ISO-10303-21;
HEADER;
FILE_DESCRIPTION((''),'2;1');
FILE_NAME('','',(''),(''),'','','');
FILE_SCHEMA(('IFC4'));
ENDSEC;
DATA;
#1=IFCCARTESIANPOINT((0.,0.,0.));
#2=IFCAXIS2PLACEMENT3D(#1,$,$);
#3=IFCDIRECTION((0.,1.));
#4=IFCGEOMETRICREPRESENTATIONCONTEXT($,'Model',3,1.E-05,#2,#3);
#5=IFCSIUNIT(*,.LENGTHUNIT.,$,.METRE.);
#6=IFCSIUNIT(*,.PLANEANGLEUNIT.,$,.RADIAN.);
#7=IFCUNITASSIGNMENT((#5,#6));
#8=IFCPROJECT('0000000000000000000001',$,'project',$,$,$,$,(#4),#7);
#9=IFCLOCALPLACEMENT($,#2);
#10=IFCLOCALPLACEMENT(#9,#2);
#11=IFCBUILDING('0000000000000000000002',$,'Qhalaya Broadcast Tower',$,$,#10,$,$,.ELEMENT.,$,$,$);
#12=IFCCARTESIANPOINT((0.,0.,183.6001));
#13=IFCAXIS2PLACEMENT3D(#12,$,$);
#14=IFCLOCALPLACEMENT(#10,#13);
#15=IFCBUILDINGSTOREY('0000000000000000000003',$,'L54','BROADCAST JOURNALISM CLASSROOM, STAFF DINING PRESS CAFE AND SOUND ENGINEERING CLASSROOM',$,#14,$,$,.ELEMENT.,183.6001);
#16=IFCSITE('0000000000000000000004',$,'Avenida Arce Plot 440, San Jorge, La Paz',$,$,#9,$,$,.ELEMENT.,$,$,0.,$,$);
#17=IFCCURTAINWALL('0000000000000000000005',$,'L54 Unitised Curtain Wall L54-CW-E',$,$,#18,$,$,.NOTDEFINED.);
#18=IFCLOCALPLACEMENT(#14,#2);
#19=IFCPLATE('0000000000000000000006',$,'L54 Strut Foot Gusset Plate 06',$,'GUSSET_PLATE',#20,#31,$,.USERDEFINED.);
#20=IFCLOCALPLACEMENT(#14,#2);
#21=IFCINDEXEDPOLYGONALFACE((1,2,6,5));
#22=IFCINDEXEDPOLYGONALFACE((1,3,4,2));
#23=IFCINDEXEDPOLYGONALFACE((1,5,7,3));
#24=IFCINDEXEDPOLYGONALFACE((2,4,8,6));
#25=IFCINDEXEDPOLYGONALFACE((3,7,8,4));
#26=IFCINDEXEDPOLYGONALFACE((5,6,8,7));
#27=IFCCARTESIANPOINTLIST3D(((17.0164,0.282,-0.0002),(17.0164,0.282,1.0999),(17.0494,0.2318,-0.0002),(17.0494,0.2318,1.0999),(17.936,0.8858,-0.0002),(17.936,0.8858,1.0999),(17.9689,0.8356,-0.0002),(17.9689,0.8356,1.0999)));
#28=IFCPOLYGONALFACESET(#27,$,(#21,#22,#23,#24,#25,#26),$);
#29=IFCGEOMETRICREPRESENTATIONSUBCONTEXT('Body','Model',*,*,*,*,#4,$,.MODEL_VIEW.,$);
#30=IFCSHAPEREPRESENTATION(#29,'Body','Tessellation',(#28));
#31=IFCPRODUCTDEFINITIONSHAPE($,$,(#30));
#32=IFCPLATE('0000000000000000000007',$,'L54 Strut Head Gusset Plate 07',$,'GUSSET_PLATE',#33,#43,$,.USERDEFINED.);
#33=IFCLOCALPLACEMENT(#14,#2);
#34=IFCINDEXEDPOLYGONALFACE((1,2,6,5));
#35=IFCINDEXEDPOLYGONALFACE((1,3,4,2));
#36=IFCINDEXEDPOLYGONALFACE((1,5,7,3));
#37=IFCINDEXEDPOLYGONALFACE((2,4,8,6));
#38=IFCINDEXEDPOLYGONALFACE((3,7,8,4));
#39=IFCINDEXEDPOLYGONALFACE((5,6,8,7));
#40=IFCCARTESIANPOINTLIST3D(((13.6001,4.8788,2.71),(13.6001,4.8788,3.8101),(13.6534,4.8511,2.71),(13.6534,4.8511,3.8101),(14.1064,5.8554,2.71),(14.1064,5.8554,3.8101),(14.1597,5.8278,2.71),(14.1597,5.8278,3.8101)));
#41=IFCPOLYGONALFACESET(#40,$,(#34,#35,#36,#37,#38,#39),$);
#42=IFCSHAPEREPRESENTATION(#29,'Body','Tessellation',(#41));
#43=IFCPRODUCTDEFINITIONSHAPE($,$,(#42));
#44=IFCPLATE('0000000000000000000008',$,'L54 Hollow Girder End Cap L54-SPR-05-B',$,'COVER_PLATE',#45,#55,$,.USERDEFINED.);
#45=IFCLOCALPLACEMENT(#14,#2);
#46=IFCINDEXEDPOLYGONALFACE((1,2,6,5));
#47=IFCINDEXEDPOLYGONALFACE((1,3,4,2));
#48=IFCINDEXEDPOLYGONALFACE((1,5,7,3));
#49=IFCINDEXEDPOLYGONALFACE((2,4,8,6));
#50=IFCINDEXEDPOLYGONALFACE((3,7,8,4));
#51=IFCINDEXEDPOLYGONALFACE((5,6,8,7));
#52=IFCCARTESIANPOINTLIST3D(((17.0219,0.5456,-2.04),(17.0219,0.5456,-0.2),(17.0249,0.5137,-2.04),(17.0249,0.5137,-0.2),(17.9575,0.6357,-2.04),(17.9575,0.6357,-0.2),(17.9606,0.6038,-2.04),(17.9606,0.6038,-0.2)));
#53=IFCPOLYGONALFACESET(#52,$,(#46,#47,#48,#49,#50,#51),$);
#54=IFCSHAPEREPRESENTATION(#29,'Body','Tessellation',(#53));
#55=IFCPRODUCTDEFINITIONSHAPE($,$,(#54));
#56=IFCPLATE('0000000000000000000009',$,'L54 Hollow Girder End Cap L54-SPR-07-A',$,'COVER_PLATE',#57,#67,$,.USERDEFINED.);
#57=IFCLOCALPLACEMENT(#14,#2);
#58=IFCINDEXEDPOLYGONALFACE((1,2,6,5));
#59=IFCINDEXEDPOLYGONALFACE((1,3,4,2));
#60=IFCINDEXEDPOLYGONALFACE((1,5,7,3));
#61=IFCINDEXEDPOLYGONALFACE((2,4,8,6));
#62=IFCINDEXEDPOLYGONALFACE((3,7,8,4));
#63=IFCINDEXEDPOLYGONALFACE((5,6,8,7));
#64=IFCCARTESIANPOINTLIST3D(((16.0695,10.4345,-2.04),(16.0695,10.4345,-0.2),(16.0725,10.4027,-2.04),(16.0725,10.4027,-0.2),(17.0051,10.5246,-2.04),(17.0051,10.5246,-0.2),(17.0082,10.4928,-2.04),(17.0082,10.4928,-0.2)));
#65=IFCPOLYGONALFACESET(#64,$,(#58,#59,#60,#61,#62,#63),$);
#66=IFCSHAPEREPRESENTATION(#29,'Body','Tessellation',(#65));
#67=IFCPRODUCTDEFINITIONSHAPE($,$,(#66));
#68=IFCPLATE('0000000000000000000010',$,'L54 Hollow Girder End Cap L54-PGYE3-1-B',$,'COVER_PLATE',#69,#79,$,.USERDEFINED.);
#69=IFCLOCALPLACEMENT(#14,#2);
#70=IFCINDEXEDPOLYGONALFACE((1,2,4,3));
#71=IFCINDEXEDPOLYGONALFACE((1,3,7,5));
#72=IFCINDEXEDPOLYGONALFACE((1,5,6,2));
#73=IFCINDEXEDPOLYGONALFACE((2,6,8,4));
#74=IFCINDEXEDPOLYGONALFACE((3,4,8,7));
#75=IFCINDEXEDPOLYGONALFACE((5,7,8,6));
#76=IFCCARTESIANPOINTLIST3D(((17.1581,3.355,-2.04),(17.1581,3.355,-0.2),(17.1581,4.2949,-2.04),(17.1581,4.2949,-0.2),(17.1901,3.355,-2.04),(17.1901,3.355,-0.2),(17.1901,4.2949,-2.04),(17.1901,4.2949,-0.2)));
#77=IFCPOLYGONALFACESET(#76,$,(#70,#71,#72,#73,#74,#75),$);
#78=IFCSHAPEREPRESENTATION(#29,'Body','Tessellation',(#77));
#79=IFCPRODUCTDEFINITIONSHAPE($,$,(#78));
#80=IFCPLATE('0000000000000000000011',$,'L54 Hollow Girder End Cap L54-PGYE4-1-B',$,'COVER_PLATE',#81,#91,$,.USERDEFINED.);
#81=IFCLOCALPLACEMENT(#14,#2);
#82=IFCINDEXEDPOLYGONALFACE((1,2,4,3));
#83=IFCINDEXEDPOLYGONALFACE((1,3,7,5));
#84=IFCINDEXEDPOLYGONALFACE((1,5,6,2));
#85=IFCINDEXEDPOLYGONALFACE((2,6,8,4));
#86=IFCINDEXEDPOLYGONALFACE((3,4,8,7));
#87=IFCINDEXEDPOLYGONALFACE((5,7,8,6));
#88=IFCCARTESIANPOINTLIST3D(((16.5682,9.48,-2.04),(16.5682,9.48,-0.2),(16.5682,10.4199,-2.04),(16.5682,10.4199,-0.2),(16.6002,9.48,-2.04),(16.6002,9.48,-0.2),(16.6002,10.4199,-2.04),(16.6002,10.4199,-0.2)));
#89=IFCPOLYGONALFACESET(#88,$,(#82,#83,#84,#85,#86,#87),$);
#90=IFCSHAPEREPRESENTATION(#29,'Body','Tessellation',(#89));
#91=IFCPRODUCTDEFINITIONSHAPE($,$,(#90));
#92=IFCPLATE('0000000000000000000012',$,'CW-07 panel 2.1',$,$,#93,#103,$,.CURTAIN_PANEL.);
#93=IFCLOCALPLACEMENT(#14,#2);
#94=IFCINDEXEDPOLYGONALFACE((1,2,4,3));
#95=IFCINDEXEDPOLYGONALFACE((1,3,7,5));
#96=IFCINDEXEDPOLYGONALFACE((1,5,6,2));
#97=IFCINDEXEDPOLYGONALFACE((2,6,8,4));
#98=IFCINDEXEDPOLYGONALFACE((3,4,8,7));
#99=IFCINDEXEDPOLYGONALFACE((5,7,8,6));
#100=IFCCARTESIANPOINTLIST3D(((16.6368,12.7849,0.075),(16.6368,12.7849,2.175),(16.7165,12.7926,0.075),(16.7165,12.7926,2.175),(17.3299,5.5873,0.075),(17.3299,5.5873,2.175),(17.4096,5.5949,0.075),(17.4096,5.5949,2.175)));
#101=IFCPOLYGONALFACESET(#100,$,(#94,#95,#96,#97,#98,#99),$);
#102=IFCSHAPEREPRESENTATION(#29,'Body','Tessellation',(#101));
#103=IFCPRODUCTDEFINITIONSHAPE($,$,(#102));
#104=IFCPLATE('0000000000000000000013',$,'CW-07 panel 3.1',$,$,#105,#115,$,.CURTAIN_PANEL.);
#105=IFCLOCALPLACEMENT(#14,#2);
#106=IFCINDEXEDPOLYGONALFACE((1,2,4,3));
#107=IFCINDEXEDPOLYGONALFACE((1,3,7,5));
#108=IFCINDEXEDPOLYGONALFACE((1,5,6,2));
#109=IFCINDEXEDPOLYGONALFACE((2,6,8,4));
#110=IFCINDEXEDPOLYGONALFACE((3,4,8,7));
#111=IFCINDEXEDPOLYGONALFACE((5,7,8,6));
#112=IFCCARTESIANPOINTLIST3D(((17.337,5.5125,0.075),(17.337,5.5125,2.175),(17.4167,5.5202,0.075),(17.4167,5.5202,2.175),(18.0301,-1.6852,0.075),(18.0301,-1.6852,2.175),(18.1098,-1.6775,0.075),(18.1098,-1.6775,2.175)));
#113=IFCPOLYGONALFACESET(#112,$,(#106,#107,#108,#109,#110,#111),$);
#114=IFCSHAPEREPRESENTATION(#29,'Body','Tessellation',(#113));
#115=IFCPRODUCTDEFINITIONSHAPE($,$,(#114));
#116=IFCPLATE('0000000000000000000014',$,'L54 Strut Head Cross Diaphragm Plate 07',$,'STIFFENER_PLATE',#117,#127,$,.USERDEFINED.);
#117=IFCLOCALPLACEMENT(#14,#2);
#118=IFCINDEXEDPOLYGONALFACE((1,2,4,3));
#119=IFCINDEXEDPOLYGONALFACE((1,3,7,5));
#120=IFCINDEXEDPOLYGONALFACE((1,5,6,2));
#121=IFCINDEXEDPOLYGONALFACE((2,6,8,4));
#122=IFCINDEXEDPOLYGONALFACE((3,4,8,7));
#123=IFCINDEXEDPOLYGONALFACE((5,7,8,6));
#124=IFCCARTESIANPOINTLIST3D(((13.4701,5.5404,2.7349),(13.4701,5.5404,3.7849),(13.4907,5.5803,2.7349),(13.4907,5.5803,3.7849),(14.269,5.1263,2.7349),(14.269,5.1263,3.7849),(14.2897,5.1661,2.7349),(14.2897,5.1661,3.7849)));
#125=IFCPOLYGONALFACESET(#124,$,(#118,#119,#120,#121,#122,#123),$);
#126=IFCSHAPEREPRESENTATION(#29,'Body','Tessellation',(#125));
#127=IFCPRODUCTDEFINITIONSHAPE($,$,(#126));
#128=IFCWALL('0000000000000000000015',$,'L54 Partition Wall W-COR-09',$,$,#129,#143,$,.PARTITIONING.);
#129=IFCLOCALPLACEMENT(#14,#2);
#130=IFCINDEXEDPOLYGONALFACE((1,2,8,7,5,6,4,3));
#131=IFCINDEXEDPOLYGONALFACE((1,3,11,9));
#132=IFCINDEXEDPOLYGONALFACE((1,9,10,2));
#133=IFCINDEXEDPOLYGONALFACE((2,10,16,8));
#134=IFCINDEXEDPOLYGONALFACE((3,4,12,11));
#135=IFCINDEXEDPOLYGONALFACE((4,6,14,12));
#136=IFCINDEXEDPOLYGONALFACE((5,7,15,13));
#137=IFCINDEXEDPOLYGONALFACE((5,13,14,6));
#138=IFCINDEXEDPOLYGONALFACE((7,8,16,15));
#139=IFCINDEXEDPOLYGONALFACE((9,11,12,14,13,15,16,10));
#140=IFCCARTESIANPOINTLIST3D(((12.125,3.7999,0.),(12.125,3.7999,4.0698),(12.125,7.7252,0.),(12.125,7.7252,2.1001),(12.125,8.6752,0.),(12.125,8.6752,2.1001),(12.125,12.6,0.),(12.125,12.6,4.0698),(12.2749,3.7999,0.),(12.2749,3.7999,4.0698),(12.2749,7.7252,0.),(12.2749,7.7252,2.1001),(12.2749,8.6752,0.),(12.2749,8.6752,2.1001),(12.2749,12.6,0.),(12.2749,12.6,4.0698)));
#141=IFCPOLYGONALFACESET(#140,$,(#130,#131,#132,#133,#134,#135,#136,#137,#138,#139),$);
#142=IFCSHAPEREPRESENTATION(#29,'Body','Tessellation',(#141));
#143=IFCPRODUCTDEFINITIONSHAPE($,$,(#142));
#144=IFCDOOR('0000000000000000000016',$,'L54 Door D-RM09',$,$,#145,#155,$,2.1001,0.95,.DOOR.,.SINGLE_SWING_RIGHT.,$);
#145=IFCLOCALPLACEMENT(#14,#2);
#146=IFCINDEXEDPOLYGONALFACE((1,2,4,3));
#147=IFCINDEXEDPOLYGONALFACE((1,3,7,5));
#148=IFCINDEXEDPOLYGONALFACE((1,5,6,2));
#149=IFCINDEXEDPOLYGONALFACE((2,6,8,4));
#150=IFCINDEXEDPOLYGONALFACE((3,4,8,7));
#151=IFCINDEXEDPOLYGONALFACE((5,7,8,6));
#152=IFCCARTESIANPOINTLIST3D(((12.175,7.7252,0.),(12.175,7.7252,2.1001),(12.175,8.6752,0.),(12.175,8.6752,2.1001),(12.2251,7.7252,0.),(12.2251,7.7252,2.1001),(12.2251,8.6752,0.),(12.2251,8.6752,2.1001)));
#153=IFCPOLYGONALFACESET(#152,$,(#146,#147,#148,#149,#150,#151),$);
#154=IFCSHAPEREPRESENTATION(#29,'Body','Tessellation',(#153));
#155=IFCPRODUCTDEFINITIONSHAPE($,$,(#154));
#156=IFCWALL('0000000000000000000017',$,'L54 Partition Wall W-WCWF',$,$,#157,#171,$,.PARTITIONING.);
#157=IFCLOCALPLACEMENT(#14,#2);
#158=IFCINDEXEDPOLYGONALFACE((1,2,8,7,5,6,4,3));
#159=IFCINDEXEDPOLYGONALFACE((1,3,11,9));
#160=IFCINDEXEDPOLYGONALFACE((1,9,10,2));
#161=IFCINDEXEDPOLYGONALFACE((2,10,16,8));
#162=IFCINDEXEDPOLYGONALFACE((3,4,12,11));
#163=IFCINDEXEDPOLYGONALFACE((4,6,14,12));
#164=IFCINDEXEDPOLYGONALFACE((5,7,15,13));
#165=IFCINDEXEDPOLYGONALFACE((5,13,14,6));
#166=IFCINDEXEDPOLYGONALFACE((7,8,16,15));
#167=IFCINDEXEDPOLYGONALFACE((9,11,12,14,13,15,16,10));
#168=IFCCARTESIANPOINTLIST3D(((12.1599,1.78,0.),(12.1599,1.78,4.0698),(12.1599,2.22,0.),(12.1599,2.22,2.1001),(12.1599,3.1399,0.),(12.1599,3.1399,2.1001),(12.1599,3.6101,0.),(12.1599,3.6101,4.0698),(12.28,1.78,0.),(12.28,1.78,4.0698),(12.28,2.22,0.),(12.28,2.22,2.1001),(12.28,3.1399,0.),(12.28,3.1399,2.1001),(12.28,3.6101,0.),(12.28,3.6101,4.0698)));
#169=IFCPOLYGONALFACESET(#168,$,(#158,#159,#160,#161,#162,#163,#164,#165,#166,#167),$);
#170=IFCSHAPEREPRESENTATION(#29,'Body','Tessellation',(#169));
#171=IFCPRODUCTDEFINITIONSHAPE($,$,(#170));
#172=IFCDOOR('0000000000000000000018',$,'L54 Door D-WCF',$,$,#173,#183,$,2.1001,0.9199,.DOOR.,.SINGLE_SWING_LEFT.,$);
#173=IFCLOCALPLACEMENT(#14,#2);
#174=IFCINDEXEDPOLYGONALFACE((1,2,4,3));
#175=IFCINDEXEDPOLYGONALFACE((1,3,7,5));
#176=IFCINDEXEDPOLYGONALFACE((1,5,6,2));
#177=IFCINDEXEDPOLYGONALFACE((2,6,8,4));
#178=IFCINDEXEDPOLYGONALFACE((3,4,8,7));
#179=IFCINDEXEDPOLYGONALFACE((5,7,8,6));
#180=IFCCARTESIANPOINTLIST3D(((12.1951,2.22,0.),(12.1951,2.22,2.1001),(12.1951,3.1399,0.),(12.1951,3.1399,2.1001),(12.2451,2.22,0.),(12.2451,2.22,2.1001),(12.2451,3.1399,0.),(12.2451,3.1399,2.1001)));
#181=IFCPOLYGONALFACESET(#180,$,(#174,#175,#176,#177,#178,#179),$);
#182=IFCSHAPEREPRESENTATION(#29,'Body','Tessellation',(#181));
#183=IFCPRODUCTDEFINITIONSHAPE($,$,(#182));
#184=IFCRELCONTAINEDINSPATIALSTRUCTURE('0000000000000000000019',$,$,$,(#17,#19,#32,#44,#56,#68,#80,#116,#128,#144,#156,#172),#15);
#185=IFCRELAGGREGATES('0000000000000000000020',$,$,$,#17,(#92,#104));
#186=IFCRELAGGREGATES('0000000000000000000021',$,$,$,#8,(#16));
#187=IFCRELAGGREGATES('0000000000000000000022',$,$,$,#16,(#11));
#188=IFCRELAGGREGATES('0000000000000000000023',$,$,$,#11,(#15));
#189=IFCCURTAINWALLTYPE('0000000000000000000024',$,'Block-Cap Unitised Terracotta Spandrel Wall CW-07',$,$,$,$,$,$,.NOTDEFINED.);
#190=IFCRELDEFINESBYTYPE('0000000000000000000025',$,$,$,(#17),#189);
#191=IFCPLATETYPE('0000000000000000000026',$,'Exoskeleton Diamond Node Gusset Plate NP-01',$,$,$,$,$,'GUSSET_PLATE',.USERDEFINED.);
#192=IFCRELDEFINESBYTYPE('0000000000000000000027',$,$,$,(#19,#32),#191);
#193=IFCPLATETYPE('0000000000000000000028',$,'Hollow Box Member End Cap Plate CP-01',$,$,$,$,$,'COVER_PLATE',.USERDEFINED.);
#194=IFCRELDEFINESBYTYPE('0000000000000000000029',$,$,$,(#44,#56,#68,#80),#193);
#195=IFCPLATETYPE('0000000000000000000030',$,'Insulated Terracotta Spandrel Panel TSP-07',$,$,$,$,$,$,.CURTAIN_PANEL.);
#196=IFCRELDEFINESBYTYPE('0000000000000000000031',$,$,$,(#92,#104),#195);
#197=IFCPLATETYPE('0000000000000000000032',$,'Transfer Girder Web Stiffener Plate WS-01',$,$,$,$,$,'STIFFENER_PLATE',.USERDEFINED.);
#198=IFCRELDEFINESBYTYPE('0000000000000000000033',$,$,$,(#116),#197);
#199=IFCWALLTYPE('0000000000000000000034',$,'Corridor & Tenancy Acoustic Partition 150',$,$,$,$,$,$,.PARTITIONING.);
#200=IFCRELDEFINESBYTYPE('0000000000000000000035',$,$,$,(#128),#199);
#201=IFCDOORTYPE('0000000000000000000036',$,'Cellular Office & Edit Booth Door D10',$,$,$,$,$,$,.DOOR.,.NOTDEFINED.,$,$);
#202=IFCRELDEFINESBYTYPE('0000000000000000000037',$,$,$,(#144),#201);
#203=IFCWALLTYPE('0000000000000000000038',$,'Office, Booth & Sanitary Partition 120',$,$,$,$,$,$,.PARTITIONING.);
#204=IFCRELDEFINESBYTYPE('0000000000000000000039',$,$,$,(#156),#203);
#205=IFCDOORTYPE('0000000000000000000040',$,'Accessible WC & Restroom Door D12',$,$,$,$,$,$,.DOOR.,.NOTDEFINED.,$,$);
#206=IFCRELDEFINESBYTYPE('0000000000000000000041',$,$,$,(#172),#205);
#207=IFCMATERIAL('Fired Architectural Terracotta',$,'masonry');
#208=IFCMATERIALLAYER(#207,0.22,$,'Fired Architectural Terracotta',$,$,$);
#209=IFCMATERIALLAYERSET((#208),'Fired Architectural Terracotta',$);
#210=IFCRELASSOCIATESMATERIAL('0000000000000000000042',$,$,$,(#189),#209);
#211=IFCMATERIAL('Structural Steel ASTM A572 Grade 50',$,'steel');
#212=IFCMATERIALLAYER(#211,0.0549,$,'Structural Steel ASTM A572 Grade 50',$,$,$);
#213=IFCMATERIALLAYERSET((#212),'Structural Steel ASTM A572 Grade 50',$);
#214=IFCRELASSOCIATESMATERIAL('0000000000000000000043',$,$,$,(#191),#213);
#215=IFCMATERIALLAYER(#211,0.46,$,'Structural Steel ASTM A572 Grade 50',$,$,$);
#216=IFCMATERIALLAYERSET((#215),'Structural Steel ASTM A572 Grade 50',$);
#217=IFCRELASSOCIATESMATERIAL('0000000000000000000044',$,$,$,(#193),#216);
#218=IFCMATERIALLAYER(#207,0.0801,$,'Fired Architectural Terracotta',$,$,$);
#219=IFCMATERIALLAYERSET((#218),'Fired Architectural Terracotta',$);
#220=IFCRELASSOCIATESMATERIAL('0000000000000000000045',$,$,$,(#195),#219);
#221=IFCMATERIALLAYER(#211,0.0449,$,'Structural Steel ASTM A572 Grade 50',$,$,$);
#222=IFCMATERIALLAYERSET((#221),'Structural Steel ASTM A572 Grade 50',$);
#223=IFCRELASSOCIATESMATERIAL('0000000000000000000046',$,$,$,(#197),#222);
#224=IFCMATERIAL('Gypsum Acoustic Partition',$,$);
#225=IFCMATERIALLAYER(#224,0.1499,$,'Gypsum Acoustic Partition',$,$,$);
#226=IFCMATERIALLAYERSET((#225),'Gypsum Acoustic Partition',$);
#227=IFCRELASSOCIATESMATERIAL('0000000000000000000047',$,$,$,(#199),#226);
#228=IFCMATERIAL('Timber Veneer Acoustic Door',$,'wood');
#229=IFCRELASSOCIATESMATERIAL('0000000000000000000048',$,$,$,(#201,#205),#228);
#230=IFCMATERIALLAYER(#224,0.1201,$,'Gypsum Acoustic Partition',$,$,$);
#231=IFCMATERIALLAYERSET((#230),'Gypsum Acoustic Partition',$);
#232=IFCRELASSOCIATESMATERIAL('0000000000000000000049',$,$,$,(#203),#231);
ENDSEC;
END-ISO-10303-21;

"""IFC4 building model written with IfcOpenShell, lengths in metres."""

from ifc_helpers import new_model, si_unit, direction, frame, frame_2d, origin, origin_2d, place, context, subcontext, project, spatial, rectangle, extrude, material, layer, layer_set, type_object, element, fill, aggregate, save


model = new_model("IFC4")

# Units and contexts
model_context = context("Model", 3, precision=1e-05, world=origin(), true_north=direction((0.0, 1.0)))
body_context = subcontext(model_context, "Body", "Model", "MODEL_VIEW")
ifc_project = project(units=[si_unit("LENGTHUNIT", "METRE"), si_unit("PLANEANGLEUNIT", "RADIAN")], contexts=[model_context])

# Site, building, storey
site_placement = place(None, origin())
site = spatial("IfcSite", under=ifc_project, at=site_placement, Name="Avenida Arce Plot 440, San Jorge, La Paz", CompositionType="ELEMENT", RefElevation=0.0)
building_placement = place(site_placement, origin())
building = spatial("IfcBuilding", under=site, at=building_placement, Name="Qhalaya Broadcast Tower", CompositionType="ELEMENT")
storey_placement = place(building_placement, frame((0.0, 0.0, 183.6001)))
storey = spatial("IfcBuildingStorey", under=building, at=storey_placement, Name="L54", Description="BROADCAST JOURNALISM CLASSROOM, STAFF DINING PRESS CAFE AND SOUND ENGINEERING CLASSROOM", CompositionType="ELEMENT", Elevation=183.6001)

# Shared definitions
ifc_material_1 = material(Name="Structural Steel ASTM A572 Grade 50", Category="steel")

# Curtain wall
ifc_material_2 = material(Name="Fired Architectural Terracotta", Category="masonry")
ifc_layer_1 = layer(ifc_material_2, 0.22, Name="Fired Architectural Terracotta")
ifc_layer_set_1 = layer_set([ifc_layer_1], Name="Fired Architectural Terracotta")
curtain_wall_type = type_object("IfcCurtainWallType", Name="Block-Cap Unitised Terracotta Spandrel Wall CW-07", PredefinedType="NOTDEFINED", material=ifc_layer_set_1)
curtain_wall_placement = place(storey_placement, origin())
curtain_wall = element("IfcCurtainWall", 1, at=curtain_wall_placement, inside=storey, type_object=curtain_wall_type, Name="L54 Unitised Curtain Wall L54-CW-E", PredefinedType="NOTDEFINED")

# Plates
ifc_layer_2 = layer(ifc_material_1, 0.0549, Name="Structural Steel ASTM A572 Grade 50")
ifc_layer_set_2 = layer_set([ifc_layer_2], Name="Structural Steel ASTM A572 Grade 50")
plate_type_1 = type_object("IfcPlateType", Name="Exoskeleton Diamond Node Gusset Plate NP-01", ElementType="GUSSET_PLATE", PredefinedType="USERDEFINED", material=ifc_layer_set_2)
for number, where, z_axis, x_axis, name in (
    (2, (17.4927, 0.5588, -0.0002), (0.0, 0.0, 1.0), (-0.835903, -0.548877, 0.0), "L54 Strut Foot Gusset Plate 06"),
    (3, (13.8799, 5.3533, 2.71), (0.0, 0.0, 1.0), (-0.460215, -0.887807, 0.0), "L54 Strut Head Gusset Plate 07"),
):
    element("IfcPlate", number, at=place(storey_placement, frame(where, z_axis=z_axis, x_axis=x_axis)), inside=storey, type_object=plate_type_1, Name=name, ObjectType="GUSSET_PLATE", PredefinedType="USERDEFINED", context=body_context, shape_type="SweptSolid", body=[
        extrude(rectangle(XDim=1.1001, YDim=0.0601, at=origin_2d()), origin(), (0.0, 0.0, 1.0), 1.1001),
    ])
ifc_layer_3 = layer(ifc_material_1, 0.46, Name="Structural Steel ASTM A572 Grade 50")
ifc_layer_set_3 = layer_set([ifc_layer_3], Name="Structural Steel ASTM A572 Grade 50")
plate_type_2 = type_object("IfcPlateType", Name="Hollow Box Member End Cap Plate CP-01", ElementType="COVER_PLATE", PredefinedType="USERDEFINED", material=ifc_layer_set_3)
for number, where, z_axis, x_axis, name in (
    (4, (17.4912, 0.5747, -2.04), (0.0, 0.0, 1.0), (-0.995396, -0.095846, 0.0), "L54 Hollow Girder End Cap L54-SPR-05-B"),
    (5, (16.5388, 10.4636, -2.04), (0.0, 0.0, 1.0), (-0.995396, -0.095846, 0.0), "L54 Hollow Girder End Cap L54-SPR-07-A"),
    (6, (17.1741, 3.825, -2.04), (0.0, 0.0, 1.0), (0.0, 1.0, 0.0), "L54 Hollow Girder End Cap L54-PGYE3-1-B"),
    (7, (16.5842, 9.95, -2.04), (0.0, 0.0, 1.0), (0.0, 1.0, 0.0), "L54 Hollow Girder End Cap L54-PGYE4-1-B"),
):
    element("IfcPlate", number, at=place(storey_placement, frame(where, z_axis=z_axis, x_axis=x_axis)), inside=storey, type_object=plate_type_2, Name=name, ObjectType="COVER_PLATE", PredefinedType="USERDEFINED", context=body_context, shape_type="SweptSolid", body=[
        extrude(rectangle(XDim=0.9399, YDim=0.032, at=origin_2d()), origin(), (0.0, 0.0, 1.0), 1.8401),
    ])

# Plates
ifc_layer_4 = layer(ifc_material_2, 0.0801, Name="Fired Architectural Terracotta")
ifc_layer_set_4 = layer_set([ifc_layer_4], Name="Fired Architectural Terracotta")
plate_type_3 = type_object("IfcPlateType", Name="Insulated Terracotta Spandrel Panel TSP-07", PredefinedType="CURTAIN_PANEL", material=ifc_layer_set_4)
plate_1_placement = place(storey_placement, frame((17.0232, 9.1899, 0.075), z_axis=(0.0, 0.0, 1.0), x_axis=(0.095846, -0.995396, 0.0)))
plate_1 = element("IfcPlate", 8, at=plate_1_placement, type_object=plate_type_3, Name="CW-07 panel 2.1", PredefinedType="CURTAIN_PANEL", context=body_context, shape_type="SweptSolid", body=[
    extrude(rectangle(XDim=7.231, YDim=0.0801, at=origin_2d()), origin(), (0.0, 0.0, 1.0), 2.1001),
])
plate_2_placement = place(storey_placement, frame((17.7234, 1.9175, 0.075), z_axis=(0.0, 0.0, 1.0), x_axis=(0.095846, -0.995396, 0.0)))
plate_2 = element("IfcPlate", 9, at=plate_2_placement, type_object=plate_type_3, Name="CW-07 panel 3.1", PredefinedType="CURTAIN_PANEL", context=body_context, shape_type="SweptSolid", body=[
    extrude(rectangle(XDim=7.231, YDim=0.0801, at=origin_2d()), origin(), (0.0, 0.0, 1.0), 2.1001),
])
aggregate(curtain_wall, [plate_1, plate_2])
ifc_layer_5 = layer(ifc_material_1, 0.0449, Name="Structural Steel ASTM A572 Grade 50")
ifc_layer_set_5 = layer_set([ifc_layer_5], Name="Structural Steel ASTM A572 Grade 50")
plate_type_4 = type_object("IfcPlateType", Name="Transfer Girder Web Stiffener Plate WS-01", ElementType="STIFFENER_PLATE", PredefinedType="USERDEFINED", material=ifc_layer_set_5)
plate_3_placement = place(storey_placement, frame((13.8799, 5.3533, 2.7349), z_axis=(0.0, 0.0, 1.0), x_axis=(0.887807, -0.460215, 0.0)))
element("IfcPlate", 10, at=plate_3_placement, inside=storey, type_object=plate_type_4, Name="L54 Strut Head Cross Diaphragm Plate 07", ObjectType="STIFFENER_PLATE", PredefinedType="USERDEFINED", context=body_context, shape_type="SweptSolid", body=[
    extrude(rectangle(XDim=0.8999, YDim=0.0449, at=origin_2d()), origin(), (0.0, 0.0, 1.0), 1.05),
])

# Walls, openings, doors
ifc_material_3 = material(Name="Gypsum Acoustic Partition")
ifc_layer_6 = layer(ifc_material_3, 0.1499, Name="Gypsum Acoustic Partition")
ifc_layer_set_6 = layer_set([ifc_layer_6], Name="Gypsum Acoustic Partition")
wall_type_1 = type_object("IfcWallType", Name="Corridor & Tenancy Acoustic Partition 150", PredefinedType="PARTITIONING", material=ifc_layer_set_6)
wall_1_placement = place(storey_placement, frame((12.2, 3.8, 0.0), z_axis=(0.0, 0.0, 1.0), x_axis=(0.0, 1.0, 0.0)))
wall_1 = element("IfcWall", 11, at=wall_1_placement, inside=storey, type_object=wall_type_1, Name="L54 Partition Wall W-COR-09", PredefinedType="PARTITIONING", context=body_context, shape_type="SweptSolid", body=[
    extrude(rectangle(XDim=8.8, YDim=0.1499, at=frame_2d((4.3999, 0.0))), origin(), (0.0, 0.0, 1.0), 4.0698),
])
opening_1_placement = place(wall_1_placement, frame((3.925, 0.0, 0.0)))
opening_1 = element("IfcOpeningElement", 12, at=opening_1_placement, cuts=wall_1, PredefinedType="OPENING", context=body_context, shape_type="SweptSolid", body=[
    extrude(rectangle(XDim=0.95, YDim=2.1001, at=frame_2d((0.4751, 1.05))), frame((0.0, 0.0869, 0.0), z_axis=(0.0, -1.0, 0.0), x_axis=(1.0, 0.0, 0.0)), (0.0, 0.0, 1.0), 0.1738),
])
ifc_material_4 = material(Name="Timber Veneer Acoustic Door", Category="wood")
door_type_1 = type_object("IfcDoorType", Name="Cellular Office & Edit Booth Door D10", OperationType="NOTDEFINED", PredefinedType="DOOR", material=ifc_material_4)
door_1_placement = place(opening_1_placement, origin())
door_1 = element("IfcDoor", 13, at=door_1_placement, inside=storey, type_object=door_type_1, Name="L54 Door D-RM09", OperationType="SINGLE_SWING_RIGHT", OverallHeight=2.1001, OverallWidth=0.95, PredefinedType="DOOR", context=body_context, shape_type="SweptSolid", body=[
    extrude(rectangle(XDim=0.95, YDim=2.1001, at=frame_2d((0.4751, 1.05))), frame((0.0, 0.0249, 0.0), z_axis=(0.0, -1.0, 0.0), x_axis=(1.0, 0.0, 0.0)), (0.0, 0.0, 1.0), 0.05),
])
fill(opening_1, door_1)
ifc_layer_7 = layer(ifc_material_3, 0.1201, Name="Gypsum Acoustic Partition")
ifc_layer_set_7 = layer_set([ifc_layer_7], Name="Gypsum Acoustic Partition")
wall_type_2 = type_object("IfcWallType", Name="Office, Booth & Sanitary Partition 120", PredefinedType="PARTITIONING", material=ifc_layer_set_7)
wall_2_placement = place(storey_placement, frame((12.22, 1.78, 0.0), z_axis=(0.0, 0.0, 1.0), x_axis=(0.0, 1.0, 0.0)))
wall_2 = element("IfcWall", 14, at=wall_2_placement, inside=storey, type_object=wall_type_2, Name="L54 Partition Wall W-WCWF", PredefinedType="PARTITIONING", context=body_context, shape_type="SweptSolid", body=[
    extrude(rectangle(XDim=1.8301, YDim=0.1201, at=frame_2d((0.915, 0.0))), origin(), (0.0, 0.0, 1.0), 4.0698),
])
opening_2_placement = place(wall_2_placement, frame((0.4399, 0.0, 0.0)))
opening_2 = element("IfcOpeningElement", 15, at=opening_2_placement, cuts=wall_2, PredefinedType="OPENING", context=body_context, shape_type="SweptSolid", body=[
    extrude(rectangle(XDim=0.9199, YDim=2.1001, at=frame_2d((0.46, 1.05))), frame((0.0, 0.072, 0.0), z_axis=(0.0, -1.0, 0.0), x_axis=(1.0, 0.0, 0.0)), (0.0, 0.0, 1.0), 0.144),
])
door_type_2 = type_object("IfcDoorType", Name="Accessible WC & Restroom Door D12", OperationType="NOTDEFINED", PredefinedType="DOOR", material=ifc_material_4)
door_2_placement = place(opening_2_placement, origin())
door_2 = element("IfcDoor", 16, at=door_2_placement, inside=storey, type_object=door_type_2, Name="L54 Door D-WCF", OperationType="SINGLE_SWING_LEFT", OverallHeight=2.1001, OverallWidth=0.9199, PredefinedType="DOOR", context=body_context, shape_type="SweptSolid", body=[
    extrude(rectangle(XDim=0.9199, YDim=2.1001, at=frame_2d((0.46, 1.05))), frame((0.0, 0.0249, 0.0), z_axis=(0.0, -1.0, 0.0), x_axis=(1.0, 0.0, 0.0)), (0.0, 0.0, 1.0), 0.05),
])
fill(opening_2, door_2)

save(model, "model.ifc")
